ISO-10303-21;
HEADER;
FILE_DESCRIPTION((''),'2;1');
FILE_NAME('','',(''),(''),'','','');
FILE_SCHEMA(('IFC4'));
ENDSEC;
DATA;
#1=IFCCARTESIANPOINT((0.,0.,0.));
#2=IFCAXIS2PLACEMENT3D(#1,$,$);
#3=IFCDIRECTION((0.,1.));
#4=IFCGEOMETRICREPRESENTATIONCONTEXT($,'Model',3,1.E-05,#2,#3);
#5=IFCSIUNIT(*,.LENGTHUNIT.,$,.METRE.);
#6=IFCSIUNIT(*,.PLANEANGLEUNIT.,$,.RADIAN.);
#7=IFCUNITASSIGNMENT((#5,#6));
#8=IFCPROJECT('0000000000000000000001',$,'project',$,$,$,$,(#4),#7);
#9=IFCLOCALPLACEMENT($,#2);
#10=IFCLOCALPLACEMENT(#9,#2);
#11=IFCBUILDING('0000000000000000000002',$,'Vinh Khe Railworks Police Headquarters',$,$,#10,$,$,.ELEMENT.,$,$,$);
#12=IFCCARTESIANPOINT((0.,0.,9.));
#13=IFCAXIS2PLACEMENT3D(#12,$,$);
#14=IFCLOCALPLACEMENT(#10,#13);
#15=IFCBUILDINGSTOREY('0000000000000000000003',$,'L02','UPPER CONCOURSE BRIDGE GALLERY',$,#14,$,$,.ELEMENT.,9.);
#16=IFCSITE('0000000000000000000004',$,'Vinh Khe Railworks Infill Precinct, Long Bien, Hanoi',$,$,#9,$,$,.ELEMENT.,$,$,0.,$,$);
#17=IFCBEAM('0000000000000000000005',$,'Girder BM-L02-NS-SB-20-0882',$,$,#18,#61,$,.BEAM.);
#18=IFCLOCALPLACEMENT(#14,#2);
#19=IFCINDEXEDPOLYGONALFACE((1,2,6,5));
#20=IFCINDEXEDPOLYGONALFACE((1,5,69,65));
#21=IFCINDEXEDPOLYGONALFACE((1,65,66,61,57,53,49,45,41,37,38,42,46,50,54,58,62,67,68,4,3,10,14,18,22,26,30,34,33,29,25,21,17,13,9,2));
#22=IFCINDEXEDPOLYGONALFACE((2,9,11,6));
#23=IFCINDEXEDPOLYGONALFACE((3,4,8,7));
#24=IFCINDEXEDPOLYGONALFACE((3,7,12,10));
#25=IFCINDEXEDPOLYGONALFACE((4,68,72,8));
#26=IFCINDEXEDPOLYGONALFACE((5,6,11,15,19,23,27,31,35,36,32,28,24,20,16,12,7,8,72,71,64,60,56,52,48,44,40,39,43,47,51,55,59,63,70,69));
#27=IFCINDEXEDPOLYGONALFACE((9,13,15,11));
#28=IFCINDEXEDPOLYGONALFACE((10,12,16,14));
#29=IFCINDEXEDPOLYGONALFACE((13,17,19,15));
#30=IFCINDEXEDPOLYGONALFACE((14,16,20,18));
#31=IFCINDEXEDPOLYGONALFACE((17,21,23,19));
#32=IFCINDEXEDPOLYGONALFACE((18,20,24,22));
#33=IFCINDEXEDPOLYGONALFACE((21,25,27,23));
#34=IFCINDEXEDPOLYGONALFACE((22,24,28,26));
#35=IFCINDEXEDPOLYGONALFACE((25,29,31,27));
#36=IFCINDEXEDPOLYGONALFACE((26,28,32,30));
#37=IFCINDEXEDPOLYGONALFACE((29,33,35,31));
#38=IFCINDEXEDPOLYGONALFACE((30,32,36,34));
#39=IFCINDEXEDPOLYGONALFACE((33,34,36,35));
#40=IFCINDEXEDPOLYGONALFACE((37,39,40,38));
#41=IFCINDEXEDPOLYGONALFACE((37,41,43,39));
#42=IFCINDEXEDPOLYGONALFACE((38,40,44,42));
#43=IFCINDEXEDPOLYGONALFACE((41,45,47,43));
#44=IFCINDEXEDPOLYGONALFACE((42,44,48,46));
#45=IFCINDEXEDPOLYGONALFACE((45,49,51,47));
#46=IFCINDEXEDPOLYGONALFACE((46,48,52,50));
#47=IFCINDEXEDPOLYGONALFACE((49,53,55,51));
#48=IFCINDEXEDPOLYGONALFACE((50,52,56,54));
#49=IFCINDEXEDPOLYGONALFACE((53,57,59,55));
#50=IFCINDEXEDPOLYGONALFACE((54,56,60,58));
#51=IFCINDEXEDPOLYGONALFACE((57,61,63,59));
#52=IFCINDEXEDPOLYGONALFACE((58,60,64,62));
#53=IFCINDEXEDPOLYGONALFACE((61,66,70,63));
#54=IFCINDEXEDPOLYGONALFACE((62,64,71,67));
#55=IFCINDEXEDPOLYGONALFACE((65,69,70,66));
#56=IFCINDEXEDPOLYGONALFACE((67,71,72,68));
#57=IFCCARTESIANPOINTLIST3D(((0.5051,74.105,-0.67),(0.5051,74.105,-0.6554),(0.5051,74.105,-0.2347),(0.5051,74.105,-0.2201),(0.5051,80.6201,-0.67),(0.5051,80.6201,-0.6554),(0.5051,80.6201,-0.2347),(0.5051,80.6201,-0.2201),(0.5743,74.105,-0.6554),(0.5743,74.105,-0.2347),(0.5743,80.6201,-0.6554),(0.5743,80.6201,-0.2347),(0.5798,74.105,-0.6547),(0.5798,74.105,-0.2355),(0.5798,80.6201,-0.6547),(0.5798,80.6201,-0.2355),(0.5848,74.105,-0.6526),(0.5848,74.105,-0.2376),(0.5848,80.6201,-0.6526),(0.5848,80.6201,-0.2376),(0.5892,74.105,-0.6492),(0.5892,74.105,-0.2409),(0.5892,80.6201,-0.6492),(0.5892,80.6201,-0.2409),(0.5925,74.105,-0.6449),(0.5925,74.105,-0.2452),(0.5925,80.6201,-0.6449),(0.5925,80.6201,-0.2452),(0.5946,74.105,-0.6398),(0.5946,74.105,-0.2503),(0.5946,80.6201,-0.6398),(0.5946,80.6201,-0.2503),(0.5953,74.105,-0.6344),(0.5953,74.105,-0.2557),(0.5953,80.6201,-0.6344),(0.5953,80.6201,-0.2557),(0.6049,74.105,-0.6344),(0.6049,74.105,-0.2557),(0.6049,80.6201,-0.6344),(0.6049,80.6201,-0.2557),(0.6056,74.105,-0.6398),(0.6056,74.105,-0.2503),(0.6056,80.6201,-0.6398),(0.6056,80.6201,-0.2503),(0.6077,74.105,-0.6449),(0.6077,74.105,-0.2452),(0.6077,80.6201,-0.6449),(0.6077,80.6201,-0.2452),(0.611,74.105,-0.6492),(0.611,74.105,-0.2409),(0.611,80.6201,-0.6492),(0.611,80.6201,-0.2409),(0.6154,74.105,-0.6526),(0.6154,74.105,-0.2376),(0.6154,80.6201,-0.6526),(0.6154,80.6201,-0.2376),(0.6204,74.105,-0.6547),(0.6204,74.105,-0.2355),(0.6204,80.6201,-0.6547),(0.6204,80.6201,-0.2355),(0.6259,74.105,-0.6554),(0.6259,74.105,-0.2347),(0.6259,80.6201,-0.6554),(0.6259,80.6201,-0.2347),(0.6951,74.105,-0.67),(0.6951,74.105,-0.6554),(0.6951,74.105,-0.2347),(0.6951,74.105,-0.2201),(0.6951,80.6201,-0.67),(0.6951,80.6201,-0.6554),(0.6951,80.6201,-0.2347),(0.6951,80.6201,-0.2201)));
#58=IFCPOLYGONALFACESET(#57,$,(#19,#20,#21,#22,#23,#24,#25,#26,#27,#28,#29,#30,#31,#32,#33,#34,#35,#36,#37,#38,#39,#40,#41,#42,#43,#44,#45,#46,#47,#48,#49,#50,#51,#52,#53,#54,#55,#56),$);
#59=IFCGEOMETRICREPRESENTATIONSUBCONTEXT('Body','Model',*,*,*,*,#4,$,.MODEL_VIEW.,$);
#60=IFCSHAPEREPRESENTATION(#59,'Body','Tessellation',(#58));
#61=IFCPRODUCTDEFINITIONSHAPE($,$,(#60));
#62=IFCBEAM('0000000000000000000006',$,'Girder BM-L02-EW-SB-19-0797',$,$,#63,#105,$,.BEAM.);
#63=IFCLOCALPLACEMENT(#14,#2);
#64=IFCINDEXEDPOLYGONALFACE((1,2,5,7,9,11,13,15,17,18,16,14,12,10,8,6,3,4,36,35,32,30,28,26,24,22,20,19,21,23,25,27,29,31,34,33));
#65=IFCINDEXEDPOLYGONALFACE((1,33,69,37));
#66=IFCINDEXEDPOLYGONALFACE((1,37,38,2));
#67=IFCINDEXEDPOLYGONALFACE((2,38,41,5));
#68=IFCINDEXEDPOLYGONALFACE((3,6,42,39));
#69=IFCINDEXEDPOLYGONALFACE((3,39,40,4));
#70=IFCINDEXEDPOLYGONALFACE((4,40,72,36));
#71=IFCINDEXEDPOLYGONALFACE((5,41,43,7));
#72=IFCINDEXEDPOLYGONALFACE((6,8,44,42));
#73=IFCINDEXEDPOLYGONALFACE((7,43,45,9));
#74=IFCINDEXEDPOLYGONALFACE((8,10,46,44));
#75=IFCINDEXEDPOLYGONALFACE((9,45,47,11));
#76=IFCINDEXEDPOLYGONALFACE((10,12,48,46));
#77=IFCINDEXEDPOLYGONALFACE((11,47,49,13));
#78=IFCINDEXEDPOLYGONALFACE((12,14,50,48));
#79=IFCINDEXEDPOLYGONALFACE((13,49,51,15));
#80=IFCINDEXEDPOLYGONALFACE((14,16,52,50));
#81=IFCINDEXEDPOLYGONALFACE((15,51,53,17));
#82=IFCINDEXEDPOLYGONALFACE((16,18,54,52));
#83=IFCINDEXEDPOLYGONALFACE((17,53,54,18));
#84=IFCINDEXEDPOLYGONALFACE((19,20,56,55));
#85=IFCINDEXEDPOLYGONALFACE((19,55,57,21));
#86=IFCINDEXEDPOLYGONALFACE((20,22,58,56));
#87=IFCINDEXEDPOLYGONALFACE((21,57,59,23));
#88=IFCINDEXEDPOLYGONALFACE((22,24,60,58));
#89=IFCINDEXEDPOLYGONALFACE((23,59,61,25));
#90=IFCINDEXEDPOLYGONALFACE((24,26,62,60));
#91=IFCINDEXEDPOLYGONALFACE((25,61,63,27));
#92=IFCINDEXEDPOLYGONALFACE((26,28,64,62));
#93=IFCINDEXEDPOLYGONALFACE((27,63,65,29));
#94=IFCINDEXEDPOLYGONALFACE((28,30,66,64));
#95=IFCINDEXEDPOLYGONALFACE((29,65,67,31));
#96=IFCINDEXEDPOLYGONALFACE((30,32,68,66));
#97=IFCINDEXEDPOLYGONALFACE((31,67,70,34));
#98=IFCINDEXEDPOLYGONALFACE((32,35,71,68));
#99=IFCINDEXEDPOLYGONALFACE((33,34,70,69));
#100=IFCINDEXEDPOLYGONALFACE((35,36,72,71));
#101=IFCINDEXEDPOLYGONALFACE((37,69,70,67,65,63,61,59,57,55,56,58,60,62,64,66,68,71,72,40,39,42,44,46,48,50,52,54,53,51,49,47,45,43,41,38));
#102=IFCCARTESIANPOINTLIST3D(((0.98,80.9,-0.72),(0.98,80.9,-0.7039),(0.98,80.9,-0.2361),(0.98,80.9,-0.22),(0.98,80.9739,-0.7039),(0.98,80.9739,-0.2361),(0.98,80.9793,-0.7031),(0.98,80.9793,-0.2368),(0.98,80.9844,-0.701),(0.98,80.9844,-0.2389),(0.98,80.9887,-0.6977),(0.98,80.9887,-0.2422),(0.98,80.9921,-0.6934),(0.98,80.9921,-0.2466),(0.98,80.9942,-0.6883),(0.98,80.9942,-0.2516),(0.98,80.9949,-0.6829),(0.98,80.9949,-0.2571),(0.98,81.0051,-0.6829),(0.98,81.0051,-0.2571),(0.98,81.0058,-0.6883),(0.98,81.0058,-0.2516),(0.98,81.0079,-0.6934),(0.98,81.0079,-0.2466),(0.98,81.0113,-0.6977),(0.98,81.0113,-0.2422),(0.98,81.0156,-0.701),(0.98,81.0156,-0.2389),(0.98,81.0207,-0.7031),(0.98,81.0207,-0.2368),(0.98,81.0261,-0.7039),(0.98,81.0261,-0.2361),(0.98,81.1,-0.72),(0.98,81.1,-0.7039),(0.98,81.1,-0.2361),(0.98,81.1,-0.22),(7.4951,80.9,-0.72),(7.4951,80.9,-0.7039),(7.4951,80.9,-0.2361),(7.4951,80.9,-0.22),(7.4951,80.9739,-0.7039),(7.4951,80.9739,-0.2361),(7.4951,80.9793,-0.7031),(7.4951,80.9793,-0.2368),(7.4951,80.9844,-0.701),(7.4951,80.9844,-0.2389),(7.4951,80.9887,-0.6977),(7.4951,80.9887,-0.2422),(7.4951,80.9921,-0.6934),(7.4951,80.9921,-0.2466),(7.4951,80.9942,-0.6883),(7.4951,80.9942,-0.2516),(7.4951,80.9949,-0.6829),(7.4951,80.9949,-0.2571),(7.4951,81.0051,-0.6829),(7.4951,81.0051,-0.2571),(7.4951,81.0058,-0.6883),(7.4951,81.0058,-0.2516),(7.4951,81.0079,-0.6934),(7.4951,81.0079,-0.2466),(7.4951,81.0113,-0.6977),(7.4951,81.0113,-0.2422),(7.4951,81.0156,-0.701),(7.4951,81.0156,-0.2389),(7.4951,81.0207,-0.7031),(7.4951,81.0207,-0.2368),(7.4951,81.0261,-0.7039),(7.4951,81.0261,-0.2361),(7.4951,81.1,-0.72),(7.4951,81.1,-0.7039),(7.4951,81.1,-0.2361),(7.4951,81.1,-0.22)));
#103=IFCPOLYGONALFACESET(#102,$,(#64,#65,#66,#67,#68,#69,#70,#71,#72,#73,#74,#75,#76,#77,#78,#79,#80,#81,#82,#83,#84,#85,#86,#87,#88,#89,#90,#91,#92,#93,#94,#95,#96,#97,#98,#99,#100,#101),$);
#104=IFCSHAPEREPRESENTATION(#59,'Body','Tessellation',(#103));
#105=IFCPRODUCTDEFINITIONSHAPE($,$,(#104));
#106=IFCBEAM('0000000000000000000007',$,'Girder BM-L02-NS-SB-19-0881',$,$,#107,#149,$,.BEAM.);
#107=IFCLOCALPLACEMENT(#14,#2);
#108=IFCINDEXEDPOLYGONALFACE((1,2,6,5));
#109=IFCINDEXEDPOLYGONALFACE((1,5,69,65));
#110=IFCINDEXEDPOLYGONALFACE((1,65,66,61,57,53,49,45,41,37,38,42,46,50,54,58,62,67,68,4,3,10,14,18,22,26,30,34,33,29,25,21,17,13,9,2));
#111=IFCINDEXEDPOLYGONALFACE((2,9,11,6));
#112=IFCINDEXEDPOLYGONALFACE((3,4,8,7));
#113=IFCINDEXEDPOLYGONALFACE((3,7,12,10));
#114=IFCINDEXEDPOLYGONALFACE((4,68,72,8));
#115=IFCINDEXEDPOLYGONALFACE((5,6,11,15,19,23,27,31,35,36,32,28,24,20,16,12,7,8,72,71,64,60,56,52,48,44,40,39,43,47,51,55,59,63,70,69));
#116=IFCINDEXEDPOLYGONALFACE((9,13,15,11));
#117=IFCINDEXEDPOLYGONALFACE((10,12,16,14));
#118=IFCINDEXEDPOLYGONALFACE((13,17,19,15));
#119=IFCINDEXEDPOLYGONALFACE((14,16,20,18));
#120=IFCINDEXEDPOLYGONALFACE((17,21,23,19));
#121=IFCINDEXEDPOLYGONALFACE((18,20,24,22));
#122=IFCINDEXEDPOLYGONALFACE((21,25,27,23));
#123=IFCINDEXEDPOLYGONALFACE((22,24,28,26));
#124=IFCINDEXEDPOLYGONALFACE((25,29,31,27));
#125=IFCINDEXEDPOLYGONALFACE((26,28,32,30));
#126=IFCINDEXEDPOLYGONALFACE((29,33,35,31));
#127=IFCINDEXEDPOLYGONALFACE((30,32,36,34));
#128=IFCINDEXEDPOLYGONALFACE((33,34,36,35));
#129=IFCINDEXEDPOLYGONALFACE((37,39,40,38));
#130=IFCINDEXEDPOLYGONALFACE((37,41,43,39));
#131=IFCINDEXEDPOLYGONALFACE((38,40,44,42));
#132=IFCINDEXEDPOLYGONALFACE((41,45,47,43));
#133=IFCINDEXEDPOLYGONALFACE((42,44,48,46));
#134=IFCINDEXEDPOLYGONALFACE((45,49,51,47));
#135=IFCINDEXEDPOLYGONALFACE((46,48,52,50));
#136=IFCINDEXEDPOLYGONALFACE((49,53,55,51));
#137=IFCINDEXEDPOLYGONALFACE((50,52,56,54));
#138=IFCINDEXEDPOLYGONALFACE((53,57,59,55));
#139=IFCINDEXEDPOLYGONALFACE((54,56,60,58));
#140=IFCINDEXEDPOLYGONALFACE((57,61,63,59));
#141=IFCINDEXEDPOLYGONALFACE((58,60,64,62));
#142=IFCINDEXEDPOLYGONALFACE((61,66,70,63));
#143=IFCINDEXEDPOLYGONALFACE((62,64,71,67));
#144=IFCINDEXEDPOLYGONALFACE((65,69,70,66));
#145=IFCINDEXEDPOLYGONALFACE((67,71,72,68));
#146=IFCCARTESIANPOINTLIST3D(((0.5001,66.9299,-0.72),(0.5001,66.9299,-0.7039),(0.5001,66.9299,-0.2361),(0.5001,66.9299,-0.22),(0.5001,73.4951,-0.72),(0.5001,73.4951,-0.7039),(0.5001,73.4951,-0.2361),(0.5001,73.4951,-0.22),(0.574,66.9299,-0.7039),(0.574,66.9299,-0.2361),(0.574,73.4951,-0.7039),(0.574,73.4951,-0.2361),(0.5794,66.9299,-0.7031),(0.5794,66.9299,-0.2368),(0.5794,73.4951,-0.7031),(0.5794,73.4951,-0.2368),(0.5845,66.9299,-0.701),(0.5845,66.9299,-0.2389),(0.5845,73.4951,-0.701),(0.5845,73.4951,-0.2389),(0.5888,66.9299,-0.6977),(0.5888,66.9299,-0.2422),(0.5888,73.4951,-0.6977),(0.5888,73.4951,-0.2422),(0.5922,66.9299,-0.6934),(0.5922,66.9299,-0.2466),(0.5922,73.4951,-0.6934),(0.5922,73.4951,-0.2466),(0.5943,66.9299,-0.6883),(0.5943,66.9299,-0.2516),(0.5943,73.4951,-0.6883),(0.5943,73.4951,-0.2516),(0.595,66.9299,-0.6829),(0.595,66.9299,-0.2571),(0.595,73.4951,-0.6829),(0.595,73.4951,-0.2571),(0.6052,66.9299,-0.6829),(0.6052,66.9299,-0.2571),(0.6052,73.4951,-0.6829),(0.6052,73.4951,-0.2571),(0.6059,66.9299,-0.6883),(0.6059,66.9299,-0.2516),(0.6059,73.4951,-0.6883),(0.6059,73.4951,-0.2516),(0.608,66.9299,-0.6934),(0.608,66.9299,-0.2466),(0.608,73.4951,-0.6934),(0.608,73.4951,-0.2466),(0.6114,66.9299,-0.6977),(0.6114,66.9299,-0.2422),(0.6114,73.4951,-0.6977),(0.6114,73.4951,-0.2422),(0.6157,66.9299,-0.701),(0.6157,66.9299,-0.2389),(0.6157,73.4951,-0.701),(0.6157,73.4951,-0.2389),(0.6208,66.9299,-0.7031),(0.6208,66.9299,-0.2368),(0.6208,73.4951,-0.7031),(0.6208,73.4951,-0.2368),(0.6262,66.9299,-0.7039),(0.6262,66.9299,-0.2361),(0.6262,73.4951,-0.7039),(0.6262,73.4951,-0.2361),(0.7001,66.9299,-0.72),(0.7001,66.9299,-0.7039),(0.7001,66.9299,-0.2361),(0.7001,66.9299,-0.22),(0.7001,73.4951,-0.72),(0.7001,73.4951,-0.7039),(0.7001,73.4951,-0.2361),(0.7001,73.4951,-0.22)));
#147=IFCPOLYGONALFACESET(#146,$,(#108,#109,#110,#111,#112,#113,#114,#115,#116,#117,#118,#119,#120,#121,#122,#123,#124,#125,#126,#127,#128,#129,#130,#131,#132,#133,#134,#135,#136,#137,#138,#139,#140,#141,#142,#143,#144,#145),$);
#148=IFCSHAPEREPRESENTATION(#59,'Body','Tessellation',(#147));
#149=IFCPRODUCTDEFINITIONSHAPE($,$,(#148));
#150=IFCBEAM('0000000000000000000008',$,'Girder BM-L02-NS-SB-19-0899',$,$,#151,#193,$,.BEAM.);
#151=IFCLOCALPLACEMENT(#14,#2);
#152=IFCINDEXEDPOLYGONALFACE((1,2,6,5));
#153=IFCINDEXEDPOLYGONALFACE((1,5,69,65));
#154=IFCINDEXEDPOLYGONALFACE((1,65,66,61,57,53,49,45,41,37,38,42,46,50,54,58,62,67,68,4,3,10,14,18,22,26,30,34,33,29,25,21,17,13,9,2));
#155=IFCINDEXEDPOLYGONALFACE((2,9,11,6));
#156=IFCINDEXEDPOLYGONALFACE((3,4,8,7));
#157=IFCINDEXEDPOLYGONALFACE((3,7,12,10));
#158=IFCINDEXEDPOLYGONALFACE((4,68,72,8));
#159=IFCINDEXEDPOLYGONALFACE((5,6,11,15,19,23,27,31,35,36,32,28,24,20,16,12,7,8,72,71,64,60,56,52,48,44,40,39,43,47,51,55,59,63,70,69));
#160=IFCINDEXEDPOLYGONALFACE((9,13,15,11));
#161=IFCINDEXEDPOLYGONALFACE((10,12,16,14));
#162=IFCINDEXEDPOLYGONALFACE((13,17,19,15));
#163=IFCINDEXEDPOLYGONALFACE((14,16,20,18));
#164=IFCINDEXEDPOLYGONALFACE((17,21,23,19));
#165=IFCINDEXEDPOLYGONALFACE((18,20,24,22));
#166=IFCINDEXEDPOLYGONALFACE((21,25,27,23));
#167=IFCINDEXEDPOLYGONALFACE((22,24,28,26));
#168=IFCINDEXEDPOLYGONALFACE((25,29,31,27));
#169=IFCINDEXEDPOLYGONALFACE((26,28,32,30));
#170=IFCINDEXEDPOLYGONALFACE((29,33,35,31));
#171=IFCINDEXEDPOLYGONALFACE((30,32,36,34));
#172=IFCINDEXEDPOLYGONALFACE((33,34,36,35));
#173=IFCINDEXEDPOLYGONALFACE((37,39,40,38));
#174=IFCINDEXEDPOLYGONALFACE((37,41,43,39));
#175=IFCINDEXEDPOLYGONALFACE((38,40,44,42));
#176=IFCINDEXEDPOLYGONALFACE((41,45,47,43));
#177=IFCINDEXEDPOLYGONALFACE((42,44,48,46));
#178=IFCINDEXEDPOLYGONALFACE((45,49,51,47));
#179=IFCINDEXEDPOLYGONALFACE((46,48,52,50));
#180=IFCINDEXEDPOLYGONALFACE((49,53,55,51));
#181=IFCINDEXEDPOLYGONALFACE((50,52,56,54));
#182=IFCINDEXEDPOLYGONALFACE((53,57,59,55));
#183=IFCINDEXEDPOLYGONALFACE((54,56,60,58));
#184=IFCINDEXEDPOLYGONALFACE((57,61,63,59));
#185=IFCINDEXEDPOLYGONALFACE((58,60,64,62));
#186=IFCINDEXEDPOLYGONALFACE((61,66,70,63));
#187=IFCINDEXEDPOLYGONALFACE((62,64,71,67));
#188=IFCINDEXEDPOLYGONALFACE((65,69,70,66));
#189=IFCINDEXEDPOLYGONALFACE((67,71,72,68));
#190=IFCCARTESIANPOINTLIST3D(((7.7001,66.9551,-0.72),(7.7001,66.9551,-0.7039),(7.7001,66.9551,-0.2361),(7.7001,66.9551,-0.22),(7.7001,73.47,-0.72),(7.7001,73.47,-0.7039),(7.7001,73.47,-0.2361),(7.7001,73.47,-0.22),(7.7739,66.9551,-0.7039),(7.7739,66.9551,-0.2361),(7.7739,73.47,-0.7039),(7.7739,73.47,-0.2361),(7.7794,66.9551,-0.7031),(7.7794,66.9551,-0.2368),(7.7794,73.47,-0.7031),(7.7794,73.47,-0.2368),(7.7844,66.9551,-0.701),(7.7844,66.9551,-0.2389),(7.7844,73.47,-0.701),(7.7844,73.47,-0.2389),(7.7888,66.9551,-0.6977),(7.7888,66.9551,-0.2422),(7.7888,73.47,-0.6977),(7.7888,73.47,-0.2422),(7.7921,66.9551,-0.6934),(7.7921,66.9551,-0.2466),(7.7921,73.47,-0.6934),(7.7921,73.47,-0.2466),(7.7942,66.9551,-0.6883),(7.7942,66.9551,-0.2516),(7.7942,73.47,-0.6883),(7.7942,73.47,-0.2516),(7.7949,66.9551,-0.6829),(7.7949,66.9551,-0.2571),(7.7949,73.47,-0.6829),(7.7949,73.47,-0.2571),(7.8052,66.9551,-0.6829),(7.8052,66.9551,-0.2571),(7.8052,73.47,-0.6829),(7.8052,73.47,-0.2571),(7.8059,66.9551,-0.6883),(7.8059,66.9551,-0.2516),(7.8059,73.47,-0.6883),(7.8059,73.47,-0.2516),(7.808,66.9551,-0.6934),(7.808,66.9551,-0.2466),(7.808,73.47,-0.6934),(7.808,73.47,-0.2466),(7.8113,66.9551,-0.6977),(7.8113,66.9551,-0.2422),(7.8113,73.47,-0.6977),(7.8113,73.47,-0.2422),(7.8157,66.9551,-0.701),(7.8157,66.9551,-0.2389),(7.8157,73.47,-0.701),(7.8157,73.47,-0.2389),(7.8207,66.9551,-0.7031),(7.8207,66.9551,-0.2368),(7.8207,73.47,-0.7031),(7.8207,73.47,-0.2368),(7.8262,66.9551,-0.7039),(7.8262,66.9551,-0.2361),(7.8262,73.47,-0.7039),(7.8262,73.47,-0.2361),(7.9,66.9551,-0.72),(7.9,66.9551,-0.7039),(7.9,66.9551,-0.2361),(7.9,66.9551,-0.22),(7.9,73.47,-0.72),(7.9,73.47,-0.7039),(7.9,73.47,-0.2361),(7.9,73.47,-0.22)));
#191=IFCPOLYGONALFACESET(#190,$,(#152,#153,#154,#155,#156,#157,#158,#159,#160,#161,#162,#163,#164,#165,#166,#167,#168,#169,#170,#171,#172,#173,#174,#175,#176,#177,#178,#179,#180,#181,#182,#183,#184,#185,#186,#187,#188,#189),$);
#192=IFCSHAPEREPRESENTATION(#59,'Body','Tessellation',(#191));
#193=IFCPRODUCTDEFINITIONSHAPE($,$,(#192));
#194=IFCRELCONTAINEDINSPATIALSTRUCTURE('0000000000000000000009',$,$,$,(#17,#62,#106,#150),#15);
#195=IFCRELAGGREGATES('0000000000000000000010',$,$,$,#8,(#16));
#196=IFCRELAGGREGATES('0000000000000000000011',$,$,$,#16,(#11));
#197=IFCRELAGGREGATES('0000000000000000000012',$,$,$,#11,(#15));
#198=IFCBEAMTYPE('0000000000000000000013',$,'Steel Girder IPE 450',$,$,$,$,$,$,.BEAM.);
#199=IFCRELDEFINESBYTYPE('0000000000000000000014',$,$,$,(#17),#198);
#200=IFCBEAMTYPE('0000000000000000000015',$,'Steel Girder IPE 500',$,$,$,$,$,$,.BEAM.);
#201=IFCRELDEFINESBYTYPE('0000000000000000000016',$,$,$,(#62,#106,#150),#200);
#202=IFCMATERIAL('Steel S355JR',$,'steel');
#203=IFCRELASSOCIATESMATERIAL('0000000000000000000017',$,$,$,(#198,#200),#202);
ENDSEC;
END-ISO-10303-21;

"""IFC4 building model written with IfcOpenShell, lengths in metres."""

from ifc_helpers import new_model, si_unit, direction, frame, origin, origin_2d, place, context, subcontext, project, spatial, i_section, extrude, material, material_profile, profile_set, type_object, element, save


model = new_model("IFC4")

# Units and contexts
model_context = context("Model", 3, precision=1e-05, world=origin(), true_north=direction((0.0, 1.0)))
body_context = subcontext(model_context, "Body", "Model", "MODEL_VIEW")
ifc_project = project(units=[si_unit("LENGTHUNIT", "METRE"), si_unit("PLANEANGLEUNIT", "RADIAN")], contexts=[model_context])

# Site, building, storey
site_placement = place(None, origin())
site = spatial("IfcSite", under=ifc_project, at=site_placement, Name="Vinh Khe Railworks Infill Precinct, Long Bien, Hanoi", CompositionType="ELEMENT", RefElevation=0.0)
building_placement = place(site_placement, origin())
building = spatial("IfcBuilding", under=site, at=building_placement, Name="Vinh Khe Railworks Police Headquarters", CompositionType="ELEMENT")
storey_placement = place(building_placement, frame((0.0, 0.0, 9.0)))
storey = spatial("IfcBuildingStorey", under=building, at=storey_placement, Name="L02", Description="UPPER CONCOURSE BRIDGE GALLERY", CompositionType="ELEMENT", Elevation=9.0)

# Shared definitions
ifc_material_1 = material(Name="Steel S355JR", Category="steel")

# Beams
ifc_material_profile_1 = material_profile(ifc_material_1, i_section(OverallWidth=0.1899, OverallDepth=0.45, WebThickness=0.0095, FlangeThickness=0.0146, FilletRadius=0.021, at=origin_2d()), Name="IPE 450")
ifc_profile_set_1 = profile_set([ifc_material_profile_1], Name="Steel S355JR")
beam_type_1 = type_object("IfcBeamType", Name="Steel Girder IPE 450", PredefinedType="BEAM", material=ifc_profile_set_1)
beam_1_placement = place(storey_placement, frame((0.6001, 74.105, -0.4451), z_axis=(0.0, 1.0, 0.0), x_axis=(-1.0, 0.0, 0.0)))
element("IfcBeam", 1, at=beam_1_placement, inside=storey, type_object=beam_type_1, Name="Girder BM-L02-NS-SB-20-0882", PredefinedType="BEAM", context=body_context, shape_type="SweptSolid", body=[
    extrude(i_section(OverallWidth=0.1899, OverallDepth=0.45, WebThickness=0.0095, FlangeThickness=0.0146, FilletRadius=0.021, at=origin_2d()), origin(), (0.0, 0.0, 1.0), 6.5151),
])
ifc_material_profile_2 = material_profile(ifc_material_1, i_section(OverallWidth=0.2, OverallDepth=0.5, WebThickness=0.0103, FlangeThickness=0.0161, FilletRadius=0.021, at=origin_2d()), Name="IPE 500")
ifc_profile_set_2 = profile_set([ifc_material_profile_2], Name="Steel S355JR")
beam_type_2 = type_object("IfcBeamType", Name="Steel Girder IPE 500", PredefinedType="BEAM", material=ifc_profile_set_2)
beam_2_placement = place(storey_placement, frame((0.98, 81.0, -0.47), z_axis=(1.0, 0.0, 0.0), x_axis=(0.0, 1.0, 0.0)))
element("IfcBeam", 2, at=beam_2_placement, inside=storey, type_object=beam_type_2, Name="Girder BM-L02-EW-SB-19-0797", PredefinedType="BEAM", context=body_context, shape_type="SweptSolid", body=[
    extrude(i_section(OverallWidth=0.2, OverallDepth=0.5, WebThickness=0.0103, FlangeThickness=0.0161, FilletRadius=0.021, at=origin_2d()), origin(), (0.0, 0.0, 1.0), 6.5151),
])
beam_3_placement = place(storey_placement, frame((0.6001, 66.9299, -0.47), z_axis=(0.0, 1.0, 0.0), x_axis=(-1.0, 0.0, 0.0)))
element("IfcBeam", 3, at=beam_3_placement, inside=storey, type_object=beam_type_2, Name="Girder BM-L02-NS-SB-19-0881", PredefinedType="BEAM", context=body_context, shape_type="SweptSolid", body=[
    extrude(i_section(OverallWidth=0.2, OverallDepth=0.5, WebThickness=0.0103, FlangeThickness=0.0161, FilletRadius=0.021, at=origin_2d()), origin(), (0.0, 0.0, 1.0), 6.5652),
])
beam_4_placement = place(storey_placement, frame((7.8, 66.9551, -0.47), z_axis=(0.0, 1.0, 0.0), x_axis=(-1.0, 0.0, 0.0)))
element("IfcBeam", 4, at=beam_4_placement, inside=storey, type_object=beam_type_2, Name="Girder BM-L02-NS-SB-19-0899", PredefinedType="BEAM", context=body_context, shape_type="SweptSolid", body=[
    extrude(i_section(OverallWidth=0.2, OverallDepth=0.5, WebThickness=0.0103, FlangeThickness=0.0161, FilletRadius=0.021, at=origin_2d()), origin(), (0.0, 0.0, 1.0), 6.5149),
])

save(model, "model.ifc")
